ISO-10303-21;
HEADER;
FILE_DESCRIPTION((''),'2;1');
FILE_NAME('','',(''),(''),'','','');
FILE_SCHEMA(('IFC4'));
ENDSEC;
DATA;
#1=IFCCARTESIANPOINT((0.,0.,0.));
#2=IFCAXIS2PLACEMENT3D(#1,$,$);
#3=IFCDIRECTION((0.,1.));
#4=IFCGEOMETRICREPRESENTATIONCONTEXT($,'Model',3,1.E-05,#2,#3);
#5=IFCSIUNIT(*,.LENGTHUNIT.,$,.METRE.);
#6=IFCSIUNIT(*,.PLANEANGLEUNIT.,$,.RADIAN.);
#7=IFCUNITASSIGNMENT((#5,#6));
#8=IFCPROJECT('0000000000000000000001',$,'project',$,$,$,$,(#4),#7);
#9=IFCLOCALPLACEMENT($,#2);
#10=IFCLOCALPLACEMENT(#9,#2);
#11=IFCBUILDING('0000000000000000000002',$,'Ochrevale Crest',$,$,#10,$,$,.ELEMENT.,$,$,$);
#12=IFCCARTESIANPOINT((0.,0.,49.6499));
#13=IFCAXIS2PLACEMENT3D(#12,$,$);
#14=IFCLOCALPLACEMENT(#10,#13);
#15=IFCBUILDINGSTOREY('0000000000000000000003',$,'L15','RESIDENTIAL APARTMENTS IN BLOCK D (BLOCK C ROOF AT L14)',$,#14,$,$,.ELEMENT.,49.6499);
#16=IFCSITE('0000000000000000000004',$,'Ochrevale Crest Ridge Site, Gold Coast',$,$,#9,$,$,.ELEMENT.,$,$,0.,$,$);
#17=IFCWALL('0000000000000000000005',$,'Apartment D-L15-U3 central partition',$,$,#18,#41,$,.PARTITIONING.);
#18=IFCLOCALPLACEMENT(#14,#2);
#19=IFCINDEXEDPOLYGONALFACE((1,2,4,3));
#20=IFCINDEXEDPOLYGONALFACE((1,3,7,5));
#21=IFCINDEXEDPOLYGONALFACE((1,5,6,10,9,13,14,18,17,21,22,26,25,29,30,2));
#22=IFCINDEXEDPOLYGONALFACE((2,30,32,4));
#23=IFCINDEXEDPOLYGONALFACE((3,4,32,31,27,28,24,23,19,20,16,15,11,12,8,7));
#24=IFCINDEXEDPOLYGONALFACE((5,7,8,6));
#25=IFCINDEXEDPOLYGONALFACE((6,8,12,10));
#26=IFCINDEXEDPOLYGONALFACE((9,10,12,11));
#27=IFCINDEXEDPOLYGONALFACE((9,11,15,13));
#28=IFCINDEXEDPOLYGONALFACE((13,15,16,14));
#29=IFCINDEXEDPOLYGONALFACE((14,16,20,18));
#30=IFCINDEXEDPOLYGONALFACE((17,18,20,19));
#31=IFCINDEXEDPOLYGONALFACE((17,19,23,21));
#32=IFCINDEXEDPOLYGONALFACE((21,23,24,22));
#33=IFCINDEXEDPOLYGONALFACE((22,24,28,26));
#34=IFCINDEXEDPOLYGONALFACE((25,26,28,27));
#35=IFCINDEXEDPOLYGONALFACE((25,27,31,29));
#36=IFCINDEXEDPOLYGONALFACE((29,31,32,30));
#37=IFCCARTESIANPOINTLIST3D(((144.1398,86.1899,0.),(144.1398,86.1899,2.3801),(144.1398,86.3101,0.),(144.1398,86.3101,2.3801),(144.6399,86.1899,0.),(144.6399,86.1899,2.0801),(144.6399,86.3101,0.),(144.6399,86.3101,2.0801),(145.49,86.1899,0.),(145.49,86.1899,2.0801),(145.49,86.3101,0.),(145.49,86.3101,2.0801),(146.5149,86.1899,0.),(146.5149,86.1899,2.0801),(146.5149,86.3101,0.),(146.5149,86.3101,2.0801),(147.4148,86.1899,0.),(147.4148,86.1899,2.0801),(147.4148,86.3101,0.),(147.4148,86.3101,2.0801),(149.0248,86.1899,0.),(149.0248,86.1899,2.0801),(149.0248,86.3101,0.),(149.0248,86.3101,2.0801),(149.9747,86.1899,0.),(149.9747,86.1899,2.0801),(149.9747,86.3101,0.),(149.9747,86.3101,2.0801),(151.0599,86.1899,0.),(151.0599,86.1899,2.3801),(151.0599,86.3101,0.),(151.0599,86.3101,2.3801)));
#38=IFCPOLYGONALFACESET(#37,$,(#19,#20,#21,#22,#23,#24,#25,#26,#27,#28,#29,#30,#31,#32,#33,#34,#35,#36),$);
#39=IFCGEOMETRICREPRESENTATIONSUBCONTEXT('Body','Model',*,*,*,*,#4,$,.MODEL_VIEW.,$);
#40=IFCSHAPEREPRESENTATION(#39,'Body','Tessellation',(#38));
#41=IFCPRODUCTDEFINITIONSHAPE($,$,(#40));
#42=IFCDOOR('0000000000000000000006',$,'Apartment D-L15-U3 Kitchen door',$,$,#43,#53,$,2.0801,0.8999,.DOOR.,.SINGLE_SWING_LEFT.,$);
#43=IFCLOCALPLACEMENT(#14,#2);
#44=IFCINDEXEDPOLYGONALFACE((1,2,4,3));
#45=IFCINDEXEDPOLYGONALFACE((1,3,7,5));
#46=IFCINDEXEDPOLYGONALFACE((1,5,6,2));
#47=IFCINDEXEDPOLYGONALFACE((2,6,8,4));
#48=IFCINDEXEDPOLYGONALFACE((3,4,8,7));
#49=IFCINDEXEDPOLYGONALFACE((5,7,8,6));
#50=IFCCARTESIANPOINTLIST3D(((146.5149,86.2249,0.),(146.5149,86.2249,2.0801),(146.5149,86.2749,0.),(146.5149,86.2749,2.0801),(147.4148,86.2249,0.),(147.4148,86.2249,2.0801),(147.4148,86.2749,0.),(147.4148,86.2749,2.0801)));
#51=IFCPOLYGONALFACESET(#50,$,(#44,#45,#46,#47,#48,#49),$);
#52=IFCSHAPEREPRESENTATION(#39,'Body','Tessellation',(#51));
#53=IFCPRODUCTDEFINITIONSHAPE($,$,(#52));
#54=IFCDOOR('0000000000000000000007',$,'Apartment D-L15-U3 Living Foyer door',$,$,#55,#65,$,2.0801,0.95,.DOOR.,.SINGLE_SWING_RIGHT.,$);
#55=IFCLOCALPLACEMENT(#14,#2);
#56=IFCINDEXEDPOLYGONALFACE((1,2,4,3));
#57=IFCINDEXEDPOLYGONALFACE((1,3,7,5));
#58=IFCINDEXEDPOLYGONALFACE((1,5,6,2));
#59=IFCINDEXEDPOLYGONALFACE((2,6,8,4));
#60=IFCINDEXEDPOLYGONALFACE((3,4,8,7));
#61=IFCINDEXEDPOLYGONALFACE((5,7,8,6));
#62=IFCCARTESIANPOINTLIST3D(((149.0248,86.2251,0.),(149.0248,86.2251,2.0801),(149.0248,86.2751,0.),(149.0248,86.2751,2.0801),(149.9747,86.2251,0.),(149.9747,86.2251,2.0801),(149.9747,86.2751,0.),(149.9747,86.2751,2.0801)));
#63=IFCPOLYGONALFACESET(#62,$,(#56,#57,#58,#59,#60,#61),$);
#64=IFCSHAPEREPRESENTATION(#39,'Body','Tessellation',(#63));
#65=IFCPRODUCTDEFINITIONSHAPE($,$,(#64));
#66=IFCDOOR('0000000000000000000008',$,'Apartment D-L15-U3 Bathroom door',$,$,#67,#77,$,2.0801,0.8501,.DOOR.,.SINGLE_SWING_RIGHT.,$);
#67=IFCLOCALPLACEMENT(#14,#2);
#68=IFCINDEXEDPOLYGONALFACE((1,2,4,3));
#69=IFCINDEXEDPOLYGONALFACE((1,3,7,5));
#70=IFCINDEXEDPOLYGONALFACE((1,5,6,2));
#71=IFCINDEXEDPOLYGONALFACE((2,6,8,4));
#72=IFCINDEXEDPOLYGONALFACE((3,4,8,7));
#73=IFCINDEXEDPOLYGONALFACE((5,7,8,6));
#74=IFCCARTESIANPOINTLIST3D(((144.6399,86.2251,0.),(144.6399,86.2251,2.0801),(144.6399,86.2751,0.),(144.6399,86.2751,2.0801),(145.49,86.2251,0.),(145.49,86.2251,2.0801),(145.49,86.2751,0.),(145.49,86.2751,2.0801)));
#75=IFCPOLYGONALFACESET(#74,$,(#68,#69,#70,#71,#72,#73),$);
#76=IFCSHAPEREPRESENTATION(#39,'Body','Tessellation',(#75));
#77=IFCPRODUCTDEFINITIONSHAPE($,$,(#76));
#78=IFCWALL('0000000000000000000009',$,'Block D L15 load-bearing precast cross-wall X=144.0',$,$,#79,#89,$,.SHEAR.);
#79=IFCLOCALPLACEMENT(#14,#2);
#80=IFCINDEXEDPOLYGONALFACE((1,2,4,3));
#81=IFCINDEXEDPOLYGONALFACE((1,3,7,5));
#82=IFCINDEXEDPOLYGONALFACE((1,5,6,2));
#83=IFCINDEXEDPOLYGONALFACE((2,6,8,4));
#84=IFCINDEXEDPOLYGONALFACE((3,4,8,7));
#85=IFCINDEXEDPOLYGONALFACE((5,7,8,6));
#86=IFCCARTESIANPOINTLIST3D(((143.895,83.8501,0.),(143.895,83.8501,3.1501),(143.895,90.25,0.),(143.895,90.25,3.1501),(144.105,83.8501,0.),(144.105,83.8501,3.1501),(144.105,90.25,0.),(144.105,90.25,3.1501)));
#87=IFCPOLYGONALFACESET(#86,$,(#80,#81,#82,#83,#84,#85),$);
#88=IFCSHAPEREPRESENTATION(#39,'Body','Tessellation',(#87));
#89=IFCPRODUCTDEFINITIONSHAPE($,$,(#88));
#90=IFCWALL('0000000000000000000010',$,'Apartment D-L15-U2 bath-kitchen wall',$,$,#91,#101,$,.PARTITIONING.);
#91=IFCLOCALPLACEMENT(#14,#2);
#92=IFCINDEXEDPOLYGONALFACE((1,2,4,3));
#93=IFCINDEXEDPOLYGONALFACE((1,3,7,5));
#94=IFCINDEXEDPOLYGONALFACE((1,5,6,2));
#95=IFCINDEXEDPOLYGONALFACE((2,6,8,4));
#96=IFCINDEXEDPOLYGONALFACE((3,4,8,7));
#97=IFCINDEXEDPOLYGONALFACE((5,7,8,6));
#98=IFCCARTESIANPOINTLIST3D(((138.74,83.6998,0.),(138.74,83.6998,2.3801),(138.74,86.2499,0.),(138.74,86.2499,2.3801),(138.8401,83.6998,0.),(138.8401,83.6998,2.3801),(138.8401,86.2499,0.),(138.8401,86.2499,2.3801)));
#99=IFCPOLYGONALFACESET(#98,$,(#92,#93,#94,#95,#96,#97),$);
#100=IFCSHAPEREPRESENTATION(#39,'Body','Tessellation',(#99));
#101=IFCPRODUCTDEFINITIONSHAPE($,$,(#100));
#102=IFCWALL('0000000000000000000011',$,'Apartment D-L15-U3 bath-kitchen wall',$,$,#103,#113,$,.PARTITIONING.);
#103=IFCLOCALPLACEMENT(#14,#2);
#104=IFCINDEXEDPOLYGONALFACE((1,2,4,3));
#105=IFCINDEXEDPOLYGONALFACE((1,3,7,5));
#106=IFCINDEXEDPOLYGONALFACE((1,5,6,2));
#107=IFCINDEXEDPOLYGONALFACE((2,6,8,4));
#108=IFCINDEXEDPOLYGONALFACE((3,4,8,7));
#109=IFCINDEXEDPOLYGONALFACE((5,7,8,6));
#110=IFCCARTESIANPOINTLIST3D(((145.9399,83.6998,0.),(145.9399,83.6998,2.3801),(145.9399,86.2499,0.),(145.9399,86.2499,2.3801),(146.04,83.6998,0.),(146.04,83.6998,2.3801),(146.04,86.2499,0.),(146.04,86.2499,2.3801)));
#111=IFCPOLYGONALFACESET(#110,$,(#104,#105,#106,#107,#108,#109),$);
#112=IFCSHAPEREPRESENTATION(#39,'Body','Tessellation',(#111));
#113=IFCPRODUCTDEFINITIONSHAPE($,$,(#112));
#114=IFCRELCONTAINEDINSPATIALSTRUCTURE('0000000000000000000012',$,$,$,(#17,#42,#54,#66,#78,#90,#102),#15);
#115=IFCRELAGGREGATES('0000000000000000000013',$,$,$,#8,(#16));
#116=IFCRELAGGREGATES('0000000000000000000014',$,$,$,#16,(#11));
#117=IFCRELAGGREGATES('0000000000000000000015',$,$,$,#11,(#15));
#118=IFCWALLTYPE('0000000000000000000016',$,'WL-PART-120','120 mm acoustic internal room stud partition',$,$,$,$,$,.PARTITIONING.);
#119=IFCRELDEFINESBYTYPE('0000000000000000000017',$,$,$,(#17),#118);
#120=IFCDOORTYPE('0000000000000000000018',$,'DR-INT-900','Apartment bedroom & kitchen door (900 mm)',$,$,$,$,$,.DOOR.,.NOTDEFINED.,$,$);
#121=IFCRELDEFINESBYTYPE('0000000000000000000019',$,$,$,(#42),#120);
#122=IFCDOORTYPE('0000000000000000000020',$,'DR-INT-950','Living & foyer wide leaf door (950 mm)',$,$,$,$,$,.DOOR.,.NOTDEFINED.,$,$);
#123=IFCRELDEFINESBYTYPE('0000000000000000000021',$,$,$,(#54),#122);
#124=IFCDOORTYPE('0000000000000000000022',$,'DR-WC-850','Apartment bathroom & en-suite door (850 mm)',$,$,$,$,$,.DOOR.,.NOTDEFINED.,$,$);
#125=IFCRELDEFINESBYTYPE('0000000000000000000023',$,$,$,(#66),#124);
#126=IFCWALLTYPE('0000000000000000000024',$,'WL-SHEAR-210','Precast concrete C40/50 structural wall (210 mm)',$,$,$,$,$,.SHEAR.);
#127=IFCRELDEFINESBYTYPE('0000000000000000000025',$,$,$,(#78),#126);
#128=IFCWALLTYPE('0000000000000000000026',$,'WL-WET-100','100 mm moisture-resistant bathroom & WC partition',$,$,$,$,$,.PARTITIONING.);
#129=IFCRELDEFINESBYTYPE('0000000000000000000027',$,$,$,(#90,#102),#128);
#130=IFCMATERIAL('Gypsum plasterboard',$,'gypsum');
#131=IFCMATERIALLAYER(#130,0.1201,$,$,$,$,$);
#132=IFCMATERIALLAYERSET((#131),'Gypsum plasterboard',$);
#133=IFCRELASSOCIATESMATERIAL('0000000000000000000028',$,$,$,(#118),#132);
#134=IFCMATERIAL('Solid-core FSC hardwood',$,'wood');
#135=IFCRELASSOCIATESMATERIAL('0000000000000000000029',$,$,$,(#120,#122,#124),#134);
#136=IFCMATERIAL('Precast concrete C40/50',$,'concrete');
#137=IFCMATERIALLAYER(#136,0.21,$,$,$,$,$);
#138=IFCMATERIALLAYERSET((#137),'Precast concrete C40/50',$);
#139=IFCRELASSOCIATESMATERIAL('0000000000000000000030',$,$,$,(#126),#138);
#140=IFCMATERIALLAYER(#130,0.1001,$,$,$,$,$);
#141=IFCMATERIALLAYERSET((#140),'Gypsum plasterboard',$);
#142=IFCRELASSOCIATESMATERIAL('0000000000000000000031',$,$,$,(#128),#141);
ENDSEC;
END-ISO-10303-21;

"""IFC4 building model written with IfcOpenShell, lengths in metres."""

from ifc_helpers import new_model, si_unit, direction, frame, frame_2d, origin, place, context, subcontext, project, spatial, rectangle, extrude, material, layer, layer_set, type_object, element, fill, save


model = new_model("IFC4")

# Units and contexts
model_context = context("Model", 3, precision=1e-05, world=origin(), true_north=direction((0.0, 1.0)))
body_context = subcontext(model_context, "Body", "Model", "MODEL_VIEW")
ifc_project = project(units=[si_unit("LENGTHUNIT", "METRE"), si_unit("PLANEANGLEUNIT", "RADIAN")], contexts=[model_context])

# Site, building, storey
site_placement = place(None, origin())
site = spatial("IfcSite", under=ifc_project, at=site_placement, Name="Ochrevale Crest Ridge Site, Gold Coast", CompositionType="ELEMENT", RefElevation=0.0)
building_placement = place(site_placement, origin())
building = spatial("IfcBuilding", under=site, at=building_placement, Name="Ochrevale Crest", CompositionType="ELEMENT")
storey_placement = place(building_placement, frame((0.0, 0.0, 49.6499)))
storey = spatial("IfcBuildingStorey", under=building, at=storey_placement, Name="L15", Description="RESIDENTIAL APARTMENTS IN BLOCK D (BLOCK C ROOF AT L14)", CompositionType="ELEMENT", Elevation=49.6499)

# Shared definitions
ifc_material_1 = material(Name="Precast concrete C40/50", Category="concrete")

# Shared definitions
ifc_material_2 = material(Name="Gypsum plasterboard", Category="gypsum")
ifc_material_3 = material(Name="Solid-core FSC hardwood", Category="wood")

# Shared definitions
ifc_layer_1 = layer(ifc_material_2, 0.1201)
ifc_layer_set_1 = layer_set([ifc_layer_1], Name="Gypsum plasterboard")
wall_type_1 = type_object("IfcWallType", Name="WL-PART-120", Description="120 mm acoustic internal room stud partition", PredefinedType="PARTITIONING", material=ifc_layer_set_1)

# Shared definitions
door_type_1 = type_object("IfcDoorType", Name="DR-INT-900", Description="Apartment bedroom & kitchen door (900 mm)", OperationType="NOTDEFINED", PredefinedType="DOOR", material=ifc_material_3)

# Wall, openings, doors
wall_1_placement = place(storey_placement, frame((144.1399, 86.25, 0.0), z_axis=(0.0, 0.0, 1.0), x_axis=(1.0, 0.0, 0.0)))
wall_1 = element("IfcWall", 1, at=wall_1_placement, inside=storey, type_object=wall_type_1, Name="Apartment D-L15-U3 central partition", PredefinedType="PARTITIONING", context=body_context, shape_type="SweptSolid", body=[
    extrude(rectangle(XDim=6.9202, YDim=0.1201, at=frame_2d((3.46, 0.0))), origin(), (0.0, 0.0, 1.0), 2.3801),
])
opening_1_placement = place(wall_1_placement, frame((1.3501, 0.0, 0.0), z_axis=(0.0, 0.0, 1.0), x_axis=(-1.0, 0.0, 0.0)))
opening_1 = element("IfcOpeningElement", 2, at=opening_1_placement, cuts=wall_1, PredefinedType="OPENING", context=body_context, shape_type="SweptSolid", body=[
    extrude(rectangle(XDim=0.8501, YDim=2.0801, at=frame_2d((0.425, 1.04))), frame((0.0, 0.0701, 0.0), z_axis=(0.0, -1.0, 0.0), x_axis=(1.0, 0.0, 0.0)), (0.0, 0.0, 1.0), 0.1401),
])
opening_2_placement = place(wall_1_placement, frame((2.375, 0.0, 0.0)))
opening_2 = element("IfcOpeningElement", 3, at=opening_2_placement, cuts=wall_1, PredefinedType="OPENING", context=body_context, shape_type="SweptSolid", body=[
    extrude(rectangle(XDim=0.8999, YDim=2.0801, at=frame_2d((0.45, 1.04))), frame((0.0, 0.0701, 0.0), z_axis=(0.0, -1.0, 0.0), x_axis=(1.0, 0.0, 0.0)), (0.0, 0.0, 1.0), 0.1401),
])
opening_3_placement = place(wall_1_placement, frame((5.835, 0.0, 0.0), z_axis=(0.0, 0.0, 1.0), x_axis=(-1.0, 0.0, 0.0)))
opening_3 = element("IfcOpeningElement", 4, at=opening_3_placement, cuts=wall_1, PredefinedType="OPENING", context=body_context, shape_type="SweptSolid", body=[
    extrude(rectangle(XDim=0.95, YDim=2.0801, at=frame_2d((0.4751, 1.04))), frame((0.0, 0.0701, 0.0), z_axis=(0.0, -1.0, 0.0), x_axis=(1.0, 0.0, 0.0)), (0.0, 0.0, 1.0), 0.1401),
])
door_1_placement = place(opening_2_placement, origin())
door_1 = element("IfcDoor", 5, at=door_1_placement, inside=storey, type_object=door_type_1, Name="Apartment D-L15-U3 Kitchen door", OperationType="SINGLE_SWING_LEFT", OverallHeight=2.0801, OverallWidth=0.8999, PredefinedType="DOOR", context=body_context, shape_type="SweptSolid", body=[
    extrude(rectangle(XDim=0.8999, YDim=2.0801, at=frame_2d((0.45, 1.04))), frame((0.0, 0.0249, 0.0), z_axis=(0.0, -1.0, 0.0), x_axis=(1.0, 0.0, 0.0)), (0.0, 0.0, 1.0), 0.05),
])
fill(opening_2, door_1)
door_type_2 = type_object("IfcDoorType", Name="DR-INT-950", Description="Living & foyer wide leaf door (950 mm)", OperationType="NOTDEFINED", PredefinedType="DOOR", material=ifc_material_3)
door_2_placement = place(opening_3_placement, origin())
door_2 = element("IfcDoor", 6, at=door_2_placement, inside=storey, type_object=door_type_2, Name="Apartment D-L15-U3 Living Foyer door", OperationType="SINGLE_SWING_RIGHT", OverallHeight=2.0801, OverallWidth=0.95, PredefinedType="DOOR", context=body_context, shape_type="SweptSolid", body=[
    extrude(rectangle(XDim=0.95, YDim=2.0801, at=frame_2d((0.4751, 1.04))), frame((0.0, 0.0249, 0.0), z_axis=(0.0, -1.0, 0.0), x_axis=(1.0, 0.0, 0.0)), (0.0, 0.0, 1.0), 0.05),
])
fill(opening_3, door_2)
door_type_3 = type_object("IfcDoorType", Name="DR-WC-850", Description="Apartment bathroom & en-suite door (850 mm)", OperationType="NOTDEFINED", PredefinedType="DOOR", material=ifc_material_3)
door_3_placement = place(opening_1_placement, origin())
door_3 = element("IfcDoor", 7, at=door_3_placement, inside=storey, type_object=door_type_3, Name="Apartment D-L15-U3 Bathroom door", OperationType="SINGLE_SWING_RIGHT", OverallHeight=2.0801, OverallWidth=0.8501, PredefinedType="DOOR", context=body_context, shape_type="SweptSolid", body=[
    extrude(rectangle(XDim=0.8501, YDim=2.0801, at=frame_2d((0.425, 1.04))), frame((0.0, 0.0249, 0.0), z_axis=(0.0, -1.0, 0.0), x_axis=(1.0, 0.0, 0.0)), (0.0, 0.0, 1.0), 0.05),
])
fill(opening_1, door_3)

# Walls
ifc_layer_2 = layer(ifc_material_1, 0.21)
ifc_layer_set_2 = layer_set([ifc_layer_2], Name="Precast concrete C40/50")
wall_type_2 = type_object("IfcWallType", Name="WL-SHEAR-210", Description="Precast concrete C40/50 structural wall (210 mm)", PredefinedType="SHEAR", material=ifc_layer_set_2)
wall_2_placement = place(storey_placement, frame((144.0, 83.8501, 0.0), z_axis=(0.0, 0.0, 1.0), x_axis=(0.0, 1.0, 0.0)))
element("IfcWall", 8, at=wall_2_placement, inside=storey, type_object=wall_type_2, Name="Block D L15 load-bearing precast cross-wall X=144.0", PredefinedType="SHEAR", context=body_context, shape_type="SweptSolid", body=[
    extrude(rectangle(XDim=6.3999, YDim=0.21, at=frame_2d((3.2, 0.0))), origin(), (0.0, 0.0, 1.0), 3.1501),
])
ifc_layer_3 = layer(ifc_material_2, 0.1001)
ifc_layer_set_3 = layer_set([ifc_layer_3], Name="Gypsum plasterboard")
wall_type_3 = type_object("IfcWallType", Name="WL-WET-100", Description="100 mm moisture-resistant bathroom & WC partition", PredefinedType="PARTITIONING", material=ifc_layer_set_3)
for number, where, z_axis, x_axis, name in (
    (9, (138.79, 83.7, 0.0), (0.0, 0.0, 1.0), (0.0, 1.0, 0.0), "Apartment D-L15-U2 bath-kitchen wall"),
    (10, (145.99, 83.7, 0.0), (0.0, 0.0, 1.0), (0.0, 1.0, 0.0), "Apartment D-L15-U3 bath-kitchen wall"),
):
    element("IfcWall", number, at=place(storey_placement, frame(where, z_axis=z_axis, x_axis=x_axis)), inside=storey, type_object=wall_type_3, Name=name, PredefinedType="PARTITIONING", context=body_context, shape_type="SweptSolid", body=[
        extrude(rectangle(XDim=2.55, YDim=0.1001, at=frame_2d((1.2749, 0.0))), origin(), (0.0, 0.0, 1.0), 2.3801),
    ])

save(model, "model.ifc")
